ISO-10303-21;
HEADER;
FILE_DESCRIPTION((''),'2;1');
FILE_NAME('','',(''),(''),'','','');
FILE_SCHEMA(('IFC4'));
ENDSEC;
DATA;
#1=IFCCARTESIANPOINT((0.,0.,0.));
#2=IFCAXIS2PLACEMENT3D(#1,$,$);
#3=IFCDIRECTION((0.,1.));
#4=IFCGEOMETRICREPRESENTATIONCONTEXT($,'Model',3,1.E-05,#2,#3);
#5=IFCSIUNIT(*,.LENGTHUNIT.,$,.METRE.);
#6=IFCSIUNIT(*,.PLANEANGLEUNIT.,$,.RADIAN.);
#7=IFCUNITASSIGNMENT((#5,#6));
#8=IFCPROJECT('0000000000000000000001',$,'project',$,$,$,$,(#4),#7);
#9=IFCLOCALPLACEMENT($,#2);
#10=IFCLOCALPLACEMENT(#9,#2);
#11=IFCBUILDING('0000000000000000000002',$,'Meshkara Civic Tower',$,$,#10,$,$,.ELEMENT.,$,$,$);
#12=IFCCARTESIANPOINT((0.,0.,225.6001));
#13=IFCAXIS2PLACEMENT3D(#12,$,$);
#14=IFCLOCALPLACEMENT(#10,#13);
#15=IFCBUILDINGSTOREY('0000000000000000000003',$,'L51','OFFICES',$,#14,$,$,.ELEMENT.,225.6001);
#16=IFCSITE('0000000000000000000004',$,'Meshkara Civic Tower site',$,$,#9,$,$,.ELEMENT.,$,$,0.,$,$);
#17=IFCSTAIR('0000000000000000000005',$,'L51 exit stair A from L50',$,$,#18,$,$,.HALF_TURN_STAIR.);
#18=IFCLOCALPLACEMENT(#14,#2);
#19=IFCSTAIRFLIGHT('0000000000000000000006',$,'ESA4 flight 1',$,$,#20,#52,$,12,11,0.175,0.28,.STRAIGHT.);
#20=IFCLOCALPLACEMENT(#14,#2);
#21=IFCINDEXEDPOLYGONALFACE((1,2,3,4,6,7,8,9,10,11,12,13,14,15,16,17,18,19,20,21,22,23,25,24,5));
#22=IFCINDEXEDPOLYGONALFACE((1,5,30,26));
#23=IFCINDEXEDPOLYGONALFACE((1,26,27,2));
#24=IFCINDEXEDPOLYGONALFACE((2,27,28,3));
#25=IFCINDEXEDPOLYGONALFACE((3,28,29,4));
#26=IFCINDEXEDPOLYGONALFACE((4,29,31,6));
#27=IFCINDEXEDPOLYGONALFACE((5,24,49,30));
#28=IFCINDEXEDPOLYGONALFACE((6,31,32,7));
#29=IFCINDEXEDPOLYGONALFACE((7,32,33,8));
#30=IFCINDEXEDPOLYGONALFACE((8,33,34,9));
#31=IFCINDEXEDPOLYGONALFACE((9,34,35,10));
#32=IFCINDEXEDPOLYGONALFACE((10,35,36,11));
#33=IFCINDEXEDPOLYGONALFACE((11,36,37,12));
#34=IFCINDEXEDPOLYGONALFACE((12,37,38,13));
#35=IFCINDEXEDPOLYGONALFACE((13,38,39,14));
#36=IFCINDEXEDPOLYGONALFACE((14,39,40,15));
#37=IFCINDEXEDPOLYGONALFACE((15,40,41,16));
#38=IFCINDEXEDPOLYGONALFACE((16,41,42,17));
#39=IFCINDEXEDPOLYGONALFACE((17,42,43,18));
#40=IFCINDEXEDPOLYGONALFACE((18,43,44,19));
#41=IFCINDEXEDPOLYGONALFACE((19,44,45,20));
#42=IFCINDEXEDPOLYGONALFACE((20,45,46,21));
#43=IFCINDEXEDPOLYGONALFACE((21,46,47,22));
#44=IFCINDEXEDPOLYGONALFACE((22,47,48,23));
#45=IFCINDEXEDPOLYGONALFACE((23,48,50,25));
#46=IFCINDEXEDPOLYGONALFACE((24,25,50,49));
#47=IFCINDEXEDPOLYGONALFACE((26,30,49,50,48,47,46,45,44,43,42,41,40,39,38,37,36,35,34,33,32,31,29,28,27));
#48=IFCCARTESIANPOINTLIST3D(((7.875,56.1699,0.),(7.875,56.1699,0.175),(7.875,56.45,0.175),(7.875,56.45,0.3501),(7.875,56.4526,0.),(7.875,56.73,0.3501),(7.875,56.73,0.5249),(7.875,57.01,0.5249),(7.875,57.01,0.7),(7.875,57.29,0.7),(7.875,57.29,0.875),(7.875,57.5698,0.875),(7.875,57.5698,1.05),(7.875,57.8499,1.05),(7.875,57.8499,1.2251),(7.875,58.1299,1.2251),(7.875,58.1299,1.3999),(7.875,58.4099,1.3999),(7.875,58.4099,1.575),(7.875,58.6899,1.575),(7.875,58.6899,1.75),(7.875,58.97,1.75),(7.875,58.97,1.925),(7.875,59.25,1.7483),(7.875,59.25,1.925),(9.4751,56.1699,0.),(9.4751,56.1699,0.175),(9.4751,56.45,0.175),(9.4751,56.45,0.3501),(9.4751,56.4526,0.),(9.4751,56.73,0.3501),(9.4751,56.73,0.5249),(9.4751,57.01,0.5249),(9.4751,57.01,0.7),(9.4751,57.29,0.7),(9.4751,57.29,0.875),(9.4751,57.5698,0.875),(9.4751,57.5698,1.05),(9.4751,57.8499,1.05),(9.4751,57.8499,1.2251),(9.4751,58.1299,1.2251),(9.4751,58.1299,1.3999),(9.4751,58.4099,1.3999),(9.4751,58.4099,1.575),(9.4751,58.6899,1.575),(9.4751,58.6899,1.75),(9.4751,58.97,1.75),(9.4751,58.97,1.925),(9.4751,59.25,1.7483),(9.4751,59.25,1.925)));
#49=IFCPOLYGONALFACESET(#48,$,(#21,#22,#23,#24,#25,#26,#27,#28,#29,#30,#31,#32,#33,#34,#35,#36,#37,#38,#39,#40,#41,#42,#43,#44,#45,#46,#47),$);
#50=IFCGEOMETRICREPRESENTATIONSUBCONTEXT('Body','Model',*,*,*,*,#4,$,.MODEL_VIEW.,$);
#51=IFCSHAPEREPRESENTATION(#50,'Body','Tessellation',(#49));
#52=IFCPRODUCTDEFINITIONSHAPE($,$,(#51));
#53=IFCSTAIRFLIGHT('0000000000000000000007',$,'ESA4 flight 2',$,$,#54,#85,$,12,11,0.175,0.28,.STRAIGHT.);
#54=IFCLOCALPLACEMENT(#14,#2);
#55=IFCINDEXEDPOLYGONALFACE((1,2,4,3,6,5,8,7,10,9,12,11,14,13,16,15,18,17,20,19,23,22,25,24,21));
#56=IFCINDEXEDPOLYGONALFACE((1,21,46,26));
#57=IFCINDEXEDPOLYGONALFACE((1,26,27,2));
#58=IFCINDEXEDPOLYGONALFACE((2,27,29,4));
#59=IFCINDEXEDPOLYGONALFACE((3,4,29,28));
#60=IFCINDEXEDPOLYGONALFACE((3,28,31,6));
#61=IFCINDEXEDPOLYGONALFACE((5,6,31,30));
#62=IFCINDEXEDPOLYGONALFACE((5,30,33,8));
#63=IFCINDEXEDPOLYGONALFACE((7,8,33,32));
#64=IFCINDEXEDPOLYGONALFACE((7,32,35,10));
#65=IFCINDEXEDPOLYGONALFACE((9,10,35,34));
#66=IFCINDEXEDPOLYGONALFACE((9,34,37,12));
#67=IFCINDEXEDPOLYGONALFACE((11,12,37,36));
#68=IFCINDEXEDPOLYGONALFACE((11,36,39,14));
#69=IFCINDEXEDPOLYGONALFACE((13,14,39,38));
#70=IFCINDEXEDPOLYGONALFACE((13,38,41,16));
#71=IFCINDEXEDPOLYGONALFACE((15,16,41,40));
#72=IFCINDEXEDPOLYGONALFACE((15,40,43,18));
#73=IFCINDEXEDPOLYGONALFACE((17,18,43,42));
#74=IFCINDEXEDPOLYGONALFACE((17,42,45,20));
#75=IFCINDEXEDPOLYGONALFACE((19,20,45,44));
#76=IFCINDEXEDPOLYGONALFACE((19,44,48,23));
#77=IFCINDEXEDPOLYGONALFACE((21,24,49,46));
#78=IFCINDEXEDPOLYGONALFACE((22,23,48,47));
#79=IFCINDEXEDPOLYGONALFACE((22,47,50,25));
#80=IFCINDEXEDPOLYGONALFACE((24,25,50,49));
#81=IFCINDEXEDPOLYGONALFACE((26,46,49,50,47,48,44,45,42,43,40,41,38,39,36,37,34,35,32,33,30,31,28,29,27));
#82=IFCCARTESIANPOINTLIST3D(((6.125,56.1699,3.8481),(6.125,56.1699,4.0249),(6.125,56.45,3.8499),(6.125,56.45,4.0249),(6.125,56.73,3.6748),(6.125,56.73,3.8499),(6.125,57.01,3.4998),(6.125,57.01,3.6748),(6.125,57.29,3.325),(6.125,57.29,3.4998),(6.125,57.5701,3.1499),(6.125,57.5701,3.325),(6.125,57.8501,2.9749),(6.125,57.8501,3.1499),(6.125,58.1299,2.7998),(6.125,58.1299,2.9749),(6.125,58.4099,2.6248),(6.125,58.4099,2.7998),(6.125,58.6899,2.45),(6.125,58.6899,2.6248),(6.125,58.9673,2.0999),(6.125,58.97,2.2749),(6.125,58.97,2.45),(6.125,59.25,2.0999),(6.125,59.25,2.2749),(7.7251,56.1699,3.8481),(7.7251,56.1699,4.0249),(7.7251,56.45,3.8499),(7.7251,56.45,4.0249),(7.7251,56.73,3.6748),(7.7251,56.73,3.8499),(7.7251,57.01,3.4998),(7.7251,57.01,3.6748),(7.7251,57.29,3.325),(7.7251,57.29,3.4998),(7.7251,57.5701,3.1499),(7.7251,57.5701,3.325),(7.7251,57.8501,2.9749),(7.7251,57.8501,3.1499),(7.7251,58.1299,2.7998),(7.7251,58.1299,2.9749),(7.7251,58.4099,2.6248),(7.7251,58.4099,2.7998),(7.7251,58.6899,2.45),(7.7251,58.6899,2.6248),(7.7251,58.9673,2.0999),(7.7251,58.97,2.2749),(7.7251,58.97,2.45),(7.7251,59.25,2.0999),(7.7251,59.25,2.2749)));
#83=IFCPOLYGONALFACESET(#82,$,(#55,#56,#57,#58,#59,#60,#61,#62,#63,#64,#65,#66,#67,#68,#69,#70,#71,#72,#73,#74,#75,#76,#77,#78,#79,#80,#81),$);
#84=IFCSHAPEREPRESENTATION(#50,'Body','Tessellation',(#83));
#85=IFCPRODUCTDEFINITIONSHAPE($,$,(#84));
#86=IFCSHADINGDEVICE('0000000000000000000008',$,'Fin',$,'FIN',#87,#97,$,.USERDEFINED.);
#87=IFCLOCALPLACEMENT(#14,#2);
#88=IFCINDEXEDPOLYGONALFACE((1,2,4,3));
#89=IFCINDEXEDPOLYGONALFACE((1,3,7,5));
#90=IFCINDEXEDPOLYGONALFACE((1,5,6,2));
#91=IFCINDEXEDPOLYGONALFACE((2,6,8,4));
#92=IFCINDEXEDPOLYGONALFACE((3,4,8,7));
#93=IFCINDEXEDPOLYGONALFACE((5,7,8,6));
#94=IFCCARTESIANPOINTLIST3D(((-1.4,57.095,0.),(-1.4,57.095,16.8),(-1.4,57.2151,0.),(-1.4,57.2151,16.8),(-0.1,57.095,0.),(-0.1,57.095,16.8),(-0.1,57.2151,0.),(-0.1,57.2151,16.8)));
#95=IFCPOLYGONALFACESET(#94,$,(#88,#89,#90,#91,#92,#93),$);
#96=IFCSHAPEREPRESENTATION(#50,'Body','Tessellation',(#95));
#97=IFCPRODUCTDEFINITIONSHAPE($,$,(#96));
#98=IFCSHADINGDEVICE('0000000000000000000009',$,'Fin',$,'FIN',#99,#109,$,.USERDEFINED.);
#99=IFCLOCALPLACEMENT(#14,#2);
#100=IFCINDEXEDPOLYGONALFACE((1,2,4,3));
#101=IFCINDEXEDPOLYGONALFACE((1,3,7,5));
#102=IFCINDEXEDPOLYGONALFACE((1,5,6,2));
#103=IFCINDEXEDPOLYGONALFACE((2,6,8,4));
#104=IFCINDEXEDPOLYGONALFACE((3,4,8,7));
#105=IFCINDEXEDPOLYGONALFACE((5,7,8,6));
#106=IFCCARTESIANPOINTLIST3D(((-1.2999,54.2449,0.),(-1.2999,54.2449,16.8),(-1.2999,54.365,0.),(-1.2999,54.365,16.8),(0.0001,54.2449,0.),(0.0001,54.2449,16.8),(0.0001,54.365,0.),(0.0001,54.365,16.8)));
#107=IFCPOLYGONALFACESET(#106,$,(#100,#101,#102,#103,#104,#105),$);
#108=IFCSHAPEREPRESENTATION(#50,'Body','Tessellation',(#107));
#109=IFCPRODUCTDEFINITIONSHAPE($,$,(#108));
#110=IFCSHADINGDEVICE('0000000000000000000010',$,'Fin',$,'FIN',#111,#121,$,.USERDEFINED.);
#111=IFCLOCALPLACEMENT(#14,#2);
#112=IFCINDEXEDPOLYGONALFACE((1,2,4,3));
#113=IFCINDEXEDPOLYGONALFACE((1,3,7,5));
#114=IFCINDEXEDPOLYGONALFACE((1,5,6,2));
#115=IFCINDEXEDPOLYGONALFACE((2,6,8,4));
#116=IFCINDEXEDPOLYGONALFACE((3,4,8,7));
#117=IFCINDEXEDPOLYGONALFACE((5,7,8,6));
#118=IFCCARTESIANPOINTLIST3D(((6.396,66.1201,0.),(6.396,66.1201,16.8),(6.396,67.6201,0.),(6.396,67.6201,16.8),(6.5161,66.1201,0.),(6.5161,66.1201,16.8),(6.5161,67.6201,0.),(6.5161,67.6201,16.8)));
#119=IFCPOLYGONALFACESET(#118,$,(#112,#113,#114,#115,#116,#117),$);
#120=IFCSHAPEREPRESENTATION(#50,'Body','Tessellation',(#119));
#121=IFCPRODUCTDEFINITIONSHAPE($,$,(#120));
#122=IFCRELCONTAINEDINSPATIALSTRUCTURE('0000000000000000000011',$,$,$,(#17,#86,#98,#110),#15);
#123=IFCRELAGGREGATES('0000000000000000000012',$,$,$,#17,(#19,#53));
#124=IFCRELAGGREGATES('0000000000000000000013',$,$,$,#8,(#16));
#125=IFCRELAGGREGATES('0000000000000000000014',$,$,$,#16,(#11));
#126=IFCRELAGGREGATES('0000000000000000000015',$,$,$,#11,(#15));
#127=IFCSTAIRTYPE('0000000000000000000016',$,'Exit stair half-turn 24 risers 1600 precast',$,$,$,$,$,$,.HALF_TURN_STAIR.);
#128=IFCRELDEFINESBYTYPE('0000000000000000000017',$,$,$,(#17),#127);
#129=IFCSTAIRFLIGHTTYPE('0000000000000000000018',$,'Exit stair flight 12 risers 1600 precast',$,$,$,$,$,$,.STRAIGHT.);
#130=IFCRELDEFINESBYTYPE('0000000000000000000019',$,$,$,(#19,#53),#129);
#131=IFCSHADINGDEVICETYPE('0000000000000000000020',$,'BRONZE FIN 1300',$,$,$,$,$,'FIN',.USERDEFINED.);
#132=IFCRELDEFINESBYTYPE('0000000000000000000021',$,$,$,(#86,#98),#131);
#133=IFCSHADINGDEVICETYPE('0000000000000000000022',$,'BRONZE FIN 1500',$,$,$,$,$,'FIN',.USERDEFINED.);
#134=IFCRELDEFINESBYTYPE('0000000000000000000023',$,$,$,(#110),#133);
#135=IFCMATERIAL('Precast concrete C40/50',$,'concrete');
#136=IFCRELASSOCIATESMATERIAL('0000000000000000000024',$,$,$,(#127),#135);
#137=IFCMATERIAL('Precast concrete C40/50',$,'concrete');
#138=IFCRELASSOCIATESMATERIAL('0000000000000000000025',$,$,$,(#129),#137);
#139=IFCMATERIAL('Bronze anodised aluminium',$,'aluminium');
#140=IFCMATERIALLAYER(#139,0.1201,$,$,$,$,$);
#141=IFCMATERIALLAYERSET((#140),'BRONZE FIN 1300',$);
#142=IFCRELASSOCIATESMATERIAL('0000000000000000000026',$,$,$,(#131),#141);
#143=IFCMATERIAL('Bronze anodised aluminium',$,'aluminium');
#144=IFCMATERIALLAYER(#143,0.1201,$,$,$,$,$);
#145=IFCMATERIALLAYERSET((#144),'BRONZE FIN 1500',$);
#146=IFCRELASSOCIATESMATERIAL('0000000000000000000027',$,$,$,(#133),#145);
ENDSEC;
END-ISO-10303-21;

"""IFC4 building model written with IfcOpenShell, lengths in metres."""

from ifc_helpers import new_model, si_unit, direction, frame, origin, origin_2d, place, context, subcontext, project, spatial, polyline, rectangle, outline, extrude, material, layer, layer_set, type_object, element, aggregate, save


model = new_model("IFC4")

# Units and contexts
model_context = context("Model", 3, precision=1e-05, world=origin(), true_north=direction((0.0, 1.0)))
body_context = subcontext(model_context, "Body", "Model", "MODEL_VIEW")
ifc_project = project(units=[si_unit("LENGTHUNIT", "METRE"), si_unit("PLANEANGLEUNIT", "RADIAN")], contexts=[model_context])

# Site, building, storey
site_placement = place(None, origin())
site = spatial("IfcSite", under=ifc_project, at=site_placement, Name="Meshkara Civic Tower site", CompositionType="ELEMENT", RefElevation=0.0)
building_placement = place(site_placement, origin())
building = spatial("IfcBuilding", under=site, at=building_placement, Name="Meshkara Civic Tower", CompositionType="ELEMENT")
storey_placement = place(building_placement, frame((0.0, 0.0, 225.6001)))
storey = spatial("IfcBuildingStorey", under=building, at=storey_placement, Name="L51", Description="OFFICES", CompositionType="ELEMENT", Elevation=225.6001)

# Stair, stair flights
ifc_material_1 = material(Name="Precast concrete C40/50", Category="concrete")
stair_type = type_object("IfcStairType", Name="Exit stair half-turn 24 risers 1600 precast", PredefinedType="HALF_TURN_STAIR", material=ifc_material_1)
stair_placement = place(storey_placement, origin())
stair = element("IfcStair", 1, at=stair_placement, inside=storey, type_object=stair_type, Name="L51 exit stair A from L50", PredefinedType="HALF_TURN_STAIR")
ifc_material_2 = material(Name="Precast concrete C40/50", Category="concrete")
stair_flight_type = type_object("IfcStairFlightType", Name="Exit stair flight 12 risers 1600 precast", PredefinedType="STRAIGHT", material=ifc_material_2)
stair_flight_1_placement = place(storey_placement, frame((8.675, 56.1699, 0.0), z_axis=(0.0, 0.0, 1.0), x_axis=(0.0, 1.0, 0.0)))
stair_flight_1 = element("IfcStairFlight", 2, at=stair_flight_1_placement, type_object=stair_flight_type, Name="ESA4 flight 1", NumberOfRisers=12, NumberOfTreads=11, PredefinedType="STRAIGHT", RiserHeight=0.175, TreadLength=0.28, context=body_context, shape_type="SweptSolid", body=[
    extrude(outline(polyline([(0.0, 0.0), (0.0, 0.175), (0.28, 0.175), (0.28, 0.3501), (0.5601, 0.3501), (0.5601, 0.5249), (0.8401, 0.5249), (0.8401, 0.7), (1.1201, 0.7), (1.1201, 0.875), (1.3999, 0.875), (1.3999, 1.05), (1.6799, 1.05), (1.6799, 1.2251), (1.96, 1.2251), (1.96, 1.3999), (2.24, 1.3999), (2.24, 1.575), (2.52, 1.575), (2.52, 1.75), (2.8, 1.75), (2.8, 1.925), (3.0801, 1.925), (3.0801, 2.1001), (3.0801, 1.7483), (0.2827, 0.0), (0.0, 0.0)])), frame((0.0, 0.8, 0.0), z_axis=(0.0, -1.0, 0.0), x_axis=(1.0, 0.0, 0.0)), (0.0, 0.0, 1.0), 1.6001),
])
stair_flight_2_placement = place(storey_placement, frame((6.925, 59.25, 2.0999), z_axis=(0.0, 0.0, 1.0), x_axis=(0.0, -1.0, 0.0)))
stair_flight_2 = element("IfcStairFlight", 3, at=stair_flight_2_placement, type_object=stair_flight_type, Name="ESA4 flight 2", NumberOfRisers=12, NumberOfTreads=11, PredefinedType="STRAIGHT", RiserHeight=0.175, TreadLength=0.28, context=body_context, shape_type="SweptSolid", body=[
    extrude(outline(polyline([(0.0, 0.0), (0.0, 0.175), (0.28, 0.175), (0.28, 0.3501), (0.5601, 0.3501), (0.5601, 0.5249), (0.8401, 0.5249), (0.8401, 0.7), (1.1201, 0.7), (1.1201, 0.875), (1.3999, 0.875), (1.3999, 1.05), (1.6799, 1.05), (1.6799, 1.2251), (1.96, 1.2251), (1.96, 1.3999), (2.24, 1.3999), (2.24, 1.575), (2.52, 1.575), (2.52, 1.75), (2.8, 1.75), (2.8, 1.925), (3.0801, 1.925), (3.0801, 2.1001), (3.0801, 1.7483), (0.2827, 0.0), (0.0, 0.0)])), frame((0.0, 0.8, 0.0), z_axis=(0.0, -1.0, 0.0), x_axis=(1.0, 0.0, 0.0)), (0.0, 0.0, 1.0), 1.6001),
])
aggregate(stair, [stair_flight_1, stair_flight_2])

# Shading devices
ifc_material_3 = material(Name="Bronze anodised aluminium", Category="aluminium")
ifc_layer_1 = layer(ifc_material_3, 0.1201)
ifc_layer_set_1 = layer_set([ifc_layer_1], Name="BRONZE FIN 1300")
shading_device_type_1 = type_object("IfcShadingDeviceType", Name="BRONZE FIN 1300", ElementType="FIN", PredefinedType="USERDEFINED", material=ifc_layer_set_1)
for number, where, z_axis, x_axis, name in (
    (4, (-0.75, 57.155, 0.0), (0.0, 0.0, 1.0), (0.0, -1.0, 0.0), "Fin"),
    (5, (-0.6499, 54.3049, 0.0), (0.0, 0.0, 1.0), (0.0, -1.0, 0.0), "Fin"),
):
    element("IfcShadingDevice", number, at=place(storey_placement, frame(where, z_axis=z_axis, x_axis=x_axis)), inside=storey, type_object=shading_device_type_1, Name=name, ObjectType="FIN", PredefinedType="USERDEFINED", context=body_context, shape_type="SweptSolid", body=[
        extrude(rectangle(XDim=0.1201, YDim=1.3, at=origin_2d()), origin(), (0.0, 0.0, 1.0), 16.8),
    ])
ifc_material_4 = material(Name="Bronze anodised aluminium", Category="aluminium")
ifc_layer_2 = layer(ifc_material_4, 0.1201)
ifc_layer_set_2 = layer_set([ifc_layer_2], Name="BRONZE FIN 1500")
shading_device_type_2 = type_object("IfcShadingDeviceType", Name="BRONZE FIN 1500", ElementType="FIN", PredefinedType="USERDEFINED", material=ifc_layer_set_2)
shading_device_placement = place(storey_placement, frame((6.4561, 66.8701, 0.0), z_axis=(0.0, 0.0, 1.0), x_axis=(-1.0, 0.0, 0.0)))
element("IfcShadingDevice", 6, at=shading_device_placement, inside=storey, type_object=shading_device_type_2, Name="Fin", ObjectType="FIN", PredefinedType="USERDEFINED", context=body_context, shape_type="SweptSolid", body=[
    extrude(rectangle(XDim=0.1201, YDim=1.5, at=origin_2d()), origin(), (0.0, 0.0, 1.0), 16.8),
])

save(model, "model.ifc")
